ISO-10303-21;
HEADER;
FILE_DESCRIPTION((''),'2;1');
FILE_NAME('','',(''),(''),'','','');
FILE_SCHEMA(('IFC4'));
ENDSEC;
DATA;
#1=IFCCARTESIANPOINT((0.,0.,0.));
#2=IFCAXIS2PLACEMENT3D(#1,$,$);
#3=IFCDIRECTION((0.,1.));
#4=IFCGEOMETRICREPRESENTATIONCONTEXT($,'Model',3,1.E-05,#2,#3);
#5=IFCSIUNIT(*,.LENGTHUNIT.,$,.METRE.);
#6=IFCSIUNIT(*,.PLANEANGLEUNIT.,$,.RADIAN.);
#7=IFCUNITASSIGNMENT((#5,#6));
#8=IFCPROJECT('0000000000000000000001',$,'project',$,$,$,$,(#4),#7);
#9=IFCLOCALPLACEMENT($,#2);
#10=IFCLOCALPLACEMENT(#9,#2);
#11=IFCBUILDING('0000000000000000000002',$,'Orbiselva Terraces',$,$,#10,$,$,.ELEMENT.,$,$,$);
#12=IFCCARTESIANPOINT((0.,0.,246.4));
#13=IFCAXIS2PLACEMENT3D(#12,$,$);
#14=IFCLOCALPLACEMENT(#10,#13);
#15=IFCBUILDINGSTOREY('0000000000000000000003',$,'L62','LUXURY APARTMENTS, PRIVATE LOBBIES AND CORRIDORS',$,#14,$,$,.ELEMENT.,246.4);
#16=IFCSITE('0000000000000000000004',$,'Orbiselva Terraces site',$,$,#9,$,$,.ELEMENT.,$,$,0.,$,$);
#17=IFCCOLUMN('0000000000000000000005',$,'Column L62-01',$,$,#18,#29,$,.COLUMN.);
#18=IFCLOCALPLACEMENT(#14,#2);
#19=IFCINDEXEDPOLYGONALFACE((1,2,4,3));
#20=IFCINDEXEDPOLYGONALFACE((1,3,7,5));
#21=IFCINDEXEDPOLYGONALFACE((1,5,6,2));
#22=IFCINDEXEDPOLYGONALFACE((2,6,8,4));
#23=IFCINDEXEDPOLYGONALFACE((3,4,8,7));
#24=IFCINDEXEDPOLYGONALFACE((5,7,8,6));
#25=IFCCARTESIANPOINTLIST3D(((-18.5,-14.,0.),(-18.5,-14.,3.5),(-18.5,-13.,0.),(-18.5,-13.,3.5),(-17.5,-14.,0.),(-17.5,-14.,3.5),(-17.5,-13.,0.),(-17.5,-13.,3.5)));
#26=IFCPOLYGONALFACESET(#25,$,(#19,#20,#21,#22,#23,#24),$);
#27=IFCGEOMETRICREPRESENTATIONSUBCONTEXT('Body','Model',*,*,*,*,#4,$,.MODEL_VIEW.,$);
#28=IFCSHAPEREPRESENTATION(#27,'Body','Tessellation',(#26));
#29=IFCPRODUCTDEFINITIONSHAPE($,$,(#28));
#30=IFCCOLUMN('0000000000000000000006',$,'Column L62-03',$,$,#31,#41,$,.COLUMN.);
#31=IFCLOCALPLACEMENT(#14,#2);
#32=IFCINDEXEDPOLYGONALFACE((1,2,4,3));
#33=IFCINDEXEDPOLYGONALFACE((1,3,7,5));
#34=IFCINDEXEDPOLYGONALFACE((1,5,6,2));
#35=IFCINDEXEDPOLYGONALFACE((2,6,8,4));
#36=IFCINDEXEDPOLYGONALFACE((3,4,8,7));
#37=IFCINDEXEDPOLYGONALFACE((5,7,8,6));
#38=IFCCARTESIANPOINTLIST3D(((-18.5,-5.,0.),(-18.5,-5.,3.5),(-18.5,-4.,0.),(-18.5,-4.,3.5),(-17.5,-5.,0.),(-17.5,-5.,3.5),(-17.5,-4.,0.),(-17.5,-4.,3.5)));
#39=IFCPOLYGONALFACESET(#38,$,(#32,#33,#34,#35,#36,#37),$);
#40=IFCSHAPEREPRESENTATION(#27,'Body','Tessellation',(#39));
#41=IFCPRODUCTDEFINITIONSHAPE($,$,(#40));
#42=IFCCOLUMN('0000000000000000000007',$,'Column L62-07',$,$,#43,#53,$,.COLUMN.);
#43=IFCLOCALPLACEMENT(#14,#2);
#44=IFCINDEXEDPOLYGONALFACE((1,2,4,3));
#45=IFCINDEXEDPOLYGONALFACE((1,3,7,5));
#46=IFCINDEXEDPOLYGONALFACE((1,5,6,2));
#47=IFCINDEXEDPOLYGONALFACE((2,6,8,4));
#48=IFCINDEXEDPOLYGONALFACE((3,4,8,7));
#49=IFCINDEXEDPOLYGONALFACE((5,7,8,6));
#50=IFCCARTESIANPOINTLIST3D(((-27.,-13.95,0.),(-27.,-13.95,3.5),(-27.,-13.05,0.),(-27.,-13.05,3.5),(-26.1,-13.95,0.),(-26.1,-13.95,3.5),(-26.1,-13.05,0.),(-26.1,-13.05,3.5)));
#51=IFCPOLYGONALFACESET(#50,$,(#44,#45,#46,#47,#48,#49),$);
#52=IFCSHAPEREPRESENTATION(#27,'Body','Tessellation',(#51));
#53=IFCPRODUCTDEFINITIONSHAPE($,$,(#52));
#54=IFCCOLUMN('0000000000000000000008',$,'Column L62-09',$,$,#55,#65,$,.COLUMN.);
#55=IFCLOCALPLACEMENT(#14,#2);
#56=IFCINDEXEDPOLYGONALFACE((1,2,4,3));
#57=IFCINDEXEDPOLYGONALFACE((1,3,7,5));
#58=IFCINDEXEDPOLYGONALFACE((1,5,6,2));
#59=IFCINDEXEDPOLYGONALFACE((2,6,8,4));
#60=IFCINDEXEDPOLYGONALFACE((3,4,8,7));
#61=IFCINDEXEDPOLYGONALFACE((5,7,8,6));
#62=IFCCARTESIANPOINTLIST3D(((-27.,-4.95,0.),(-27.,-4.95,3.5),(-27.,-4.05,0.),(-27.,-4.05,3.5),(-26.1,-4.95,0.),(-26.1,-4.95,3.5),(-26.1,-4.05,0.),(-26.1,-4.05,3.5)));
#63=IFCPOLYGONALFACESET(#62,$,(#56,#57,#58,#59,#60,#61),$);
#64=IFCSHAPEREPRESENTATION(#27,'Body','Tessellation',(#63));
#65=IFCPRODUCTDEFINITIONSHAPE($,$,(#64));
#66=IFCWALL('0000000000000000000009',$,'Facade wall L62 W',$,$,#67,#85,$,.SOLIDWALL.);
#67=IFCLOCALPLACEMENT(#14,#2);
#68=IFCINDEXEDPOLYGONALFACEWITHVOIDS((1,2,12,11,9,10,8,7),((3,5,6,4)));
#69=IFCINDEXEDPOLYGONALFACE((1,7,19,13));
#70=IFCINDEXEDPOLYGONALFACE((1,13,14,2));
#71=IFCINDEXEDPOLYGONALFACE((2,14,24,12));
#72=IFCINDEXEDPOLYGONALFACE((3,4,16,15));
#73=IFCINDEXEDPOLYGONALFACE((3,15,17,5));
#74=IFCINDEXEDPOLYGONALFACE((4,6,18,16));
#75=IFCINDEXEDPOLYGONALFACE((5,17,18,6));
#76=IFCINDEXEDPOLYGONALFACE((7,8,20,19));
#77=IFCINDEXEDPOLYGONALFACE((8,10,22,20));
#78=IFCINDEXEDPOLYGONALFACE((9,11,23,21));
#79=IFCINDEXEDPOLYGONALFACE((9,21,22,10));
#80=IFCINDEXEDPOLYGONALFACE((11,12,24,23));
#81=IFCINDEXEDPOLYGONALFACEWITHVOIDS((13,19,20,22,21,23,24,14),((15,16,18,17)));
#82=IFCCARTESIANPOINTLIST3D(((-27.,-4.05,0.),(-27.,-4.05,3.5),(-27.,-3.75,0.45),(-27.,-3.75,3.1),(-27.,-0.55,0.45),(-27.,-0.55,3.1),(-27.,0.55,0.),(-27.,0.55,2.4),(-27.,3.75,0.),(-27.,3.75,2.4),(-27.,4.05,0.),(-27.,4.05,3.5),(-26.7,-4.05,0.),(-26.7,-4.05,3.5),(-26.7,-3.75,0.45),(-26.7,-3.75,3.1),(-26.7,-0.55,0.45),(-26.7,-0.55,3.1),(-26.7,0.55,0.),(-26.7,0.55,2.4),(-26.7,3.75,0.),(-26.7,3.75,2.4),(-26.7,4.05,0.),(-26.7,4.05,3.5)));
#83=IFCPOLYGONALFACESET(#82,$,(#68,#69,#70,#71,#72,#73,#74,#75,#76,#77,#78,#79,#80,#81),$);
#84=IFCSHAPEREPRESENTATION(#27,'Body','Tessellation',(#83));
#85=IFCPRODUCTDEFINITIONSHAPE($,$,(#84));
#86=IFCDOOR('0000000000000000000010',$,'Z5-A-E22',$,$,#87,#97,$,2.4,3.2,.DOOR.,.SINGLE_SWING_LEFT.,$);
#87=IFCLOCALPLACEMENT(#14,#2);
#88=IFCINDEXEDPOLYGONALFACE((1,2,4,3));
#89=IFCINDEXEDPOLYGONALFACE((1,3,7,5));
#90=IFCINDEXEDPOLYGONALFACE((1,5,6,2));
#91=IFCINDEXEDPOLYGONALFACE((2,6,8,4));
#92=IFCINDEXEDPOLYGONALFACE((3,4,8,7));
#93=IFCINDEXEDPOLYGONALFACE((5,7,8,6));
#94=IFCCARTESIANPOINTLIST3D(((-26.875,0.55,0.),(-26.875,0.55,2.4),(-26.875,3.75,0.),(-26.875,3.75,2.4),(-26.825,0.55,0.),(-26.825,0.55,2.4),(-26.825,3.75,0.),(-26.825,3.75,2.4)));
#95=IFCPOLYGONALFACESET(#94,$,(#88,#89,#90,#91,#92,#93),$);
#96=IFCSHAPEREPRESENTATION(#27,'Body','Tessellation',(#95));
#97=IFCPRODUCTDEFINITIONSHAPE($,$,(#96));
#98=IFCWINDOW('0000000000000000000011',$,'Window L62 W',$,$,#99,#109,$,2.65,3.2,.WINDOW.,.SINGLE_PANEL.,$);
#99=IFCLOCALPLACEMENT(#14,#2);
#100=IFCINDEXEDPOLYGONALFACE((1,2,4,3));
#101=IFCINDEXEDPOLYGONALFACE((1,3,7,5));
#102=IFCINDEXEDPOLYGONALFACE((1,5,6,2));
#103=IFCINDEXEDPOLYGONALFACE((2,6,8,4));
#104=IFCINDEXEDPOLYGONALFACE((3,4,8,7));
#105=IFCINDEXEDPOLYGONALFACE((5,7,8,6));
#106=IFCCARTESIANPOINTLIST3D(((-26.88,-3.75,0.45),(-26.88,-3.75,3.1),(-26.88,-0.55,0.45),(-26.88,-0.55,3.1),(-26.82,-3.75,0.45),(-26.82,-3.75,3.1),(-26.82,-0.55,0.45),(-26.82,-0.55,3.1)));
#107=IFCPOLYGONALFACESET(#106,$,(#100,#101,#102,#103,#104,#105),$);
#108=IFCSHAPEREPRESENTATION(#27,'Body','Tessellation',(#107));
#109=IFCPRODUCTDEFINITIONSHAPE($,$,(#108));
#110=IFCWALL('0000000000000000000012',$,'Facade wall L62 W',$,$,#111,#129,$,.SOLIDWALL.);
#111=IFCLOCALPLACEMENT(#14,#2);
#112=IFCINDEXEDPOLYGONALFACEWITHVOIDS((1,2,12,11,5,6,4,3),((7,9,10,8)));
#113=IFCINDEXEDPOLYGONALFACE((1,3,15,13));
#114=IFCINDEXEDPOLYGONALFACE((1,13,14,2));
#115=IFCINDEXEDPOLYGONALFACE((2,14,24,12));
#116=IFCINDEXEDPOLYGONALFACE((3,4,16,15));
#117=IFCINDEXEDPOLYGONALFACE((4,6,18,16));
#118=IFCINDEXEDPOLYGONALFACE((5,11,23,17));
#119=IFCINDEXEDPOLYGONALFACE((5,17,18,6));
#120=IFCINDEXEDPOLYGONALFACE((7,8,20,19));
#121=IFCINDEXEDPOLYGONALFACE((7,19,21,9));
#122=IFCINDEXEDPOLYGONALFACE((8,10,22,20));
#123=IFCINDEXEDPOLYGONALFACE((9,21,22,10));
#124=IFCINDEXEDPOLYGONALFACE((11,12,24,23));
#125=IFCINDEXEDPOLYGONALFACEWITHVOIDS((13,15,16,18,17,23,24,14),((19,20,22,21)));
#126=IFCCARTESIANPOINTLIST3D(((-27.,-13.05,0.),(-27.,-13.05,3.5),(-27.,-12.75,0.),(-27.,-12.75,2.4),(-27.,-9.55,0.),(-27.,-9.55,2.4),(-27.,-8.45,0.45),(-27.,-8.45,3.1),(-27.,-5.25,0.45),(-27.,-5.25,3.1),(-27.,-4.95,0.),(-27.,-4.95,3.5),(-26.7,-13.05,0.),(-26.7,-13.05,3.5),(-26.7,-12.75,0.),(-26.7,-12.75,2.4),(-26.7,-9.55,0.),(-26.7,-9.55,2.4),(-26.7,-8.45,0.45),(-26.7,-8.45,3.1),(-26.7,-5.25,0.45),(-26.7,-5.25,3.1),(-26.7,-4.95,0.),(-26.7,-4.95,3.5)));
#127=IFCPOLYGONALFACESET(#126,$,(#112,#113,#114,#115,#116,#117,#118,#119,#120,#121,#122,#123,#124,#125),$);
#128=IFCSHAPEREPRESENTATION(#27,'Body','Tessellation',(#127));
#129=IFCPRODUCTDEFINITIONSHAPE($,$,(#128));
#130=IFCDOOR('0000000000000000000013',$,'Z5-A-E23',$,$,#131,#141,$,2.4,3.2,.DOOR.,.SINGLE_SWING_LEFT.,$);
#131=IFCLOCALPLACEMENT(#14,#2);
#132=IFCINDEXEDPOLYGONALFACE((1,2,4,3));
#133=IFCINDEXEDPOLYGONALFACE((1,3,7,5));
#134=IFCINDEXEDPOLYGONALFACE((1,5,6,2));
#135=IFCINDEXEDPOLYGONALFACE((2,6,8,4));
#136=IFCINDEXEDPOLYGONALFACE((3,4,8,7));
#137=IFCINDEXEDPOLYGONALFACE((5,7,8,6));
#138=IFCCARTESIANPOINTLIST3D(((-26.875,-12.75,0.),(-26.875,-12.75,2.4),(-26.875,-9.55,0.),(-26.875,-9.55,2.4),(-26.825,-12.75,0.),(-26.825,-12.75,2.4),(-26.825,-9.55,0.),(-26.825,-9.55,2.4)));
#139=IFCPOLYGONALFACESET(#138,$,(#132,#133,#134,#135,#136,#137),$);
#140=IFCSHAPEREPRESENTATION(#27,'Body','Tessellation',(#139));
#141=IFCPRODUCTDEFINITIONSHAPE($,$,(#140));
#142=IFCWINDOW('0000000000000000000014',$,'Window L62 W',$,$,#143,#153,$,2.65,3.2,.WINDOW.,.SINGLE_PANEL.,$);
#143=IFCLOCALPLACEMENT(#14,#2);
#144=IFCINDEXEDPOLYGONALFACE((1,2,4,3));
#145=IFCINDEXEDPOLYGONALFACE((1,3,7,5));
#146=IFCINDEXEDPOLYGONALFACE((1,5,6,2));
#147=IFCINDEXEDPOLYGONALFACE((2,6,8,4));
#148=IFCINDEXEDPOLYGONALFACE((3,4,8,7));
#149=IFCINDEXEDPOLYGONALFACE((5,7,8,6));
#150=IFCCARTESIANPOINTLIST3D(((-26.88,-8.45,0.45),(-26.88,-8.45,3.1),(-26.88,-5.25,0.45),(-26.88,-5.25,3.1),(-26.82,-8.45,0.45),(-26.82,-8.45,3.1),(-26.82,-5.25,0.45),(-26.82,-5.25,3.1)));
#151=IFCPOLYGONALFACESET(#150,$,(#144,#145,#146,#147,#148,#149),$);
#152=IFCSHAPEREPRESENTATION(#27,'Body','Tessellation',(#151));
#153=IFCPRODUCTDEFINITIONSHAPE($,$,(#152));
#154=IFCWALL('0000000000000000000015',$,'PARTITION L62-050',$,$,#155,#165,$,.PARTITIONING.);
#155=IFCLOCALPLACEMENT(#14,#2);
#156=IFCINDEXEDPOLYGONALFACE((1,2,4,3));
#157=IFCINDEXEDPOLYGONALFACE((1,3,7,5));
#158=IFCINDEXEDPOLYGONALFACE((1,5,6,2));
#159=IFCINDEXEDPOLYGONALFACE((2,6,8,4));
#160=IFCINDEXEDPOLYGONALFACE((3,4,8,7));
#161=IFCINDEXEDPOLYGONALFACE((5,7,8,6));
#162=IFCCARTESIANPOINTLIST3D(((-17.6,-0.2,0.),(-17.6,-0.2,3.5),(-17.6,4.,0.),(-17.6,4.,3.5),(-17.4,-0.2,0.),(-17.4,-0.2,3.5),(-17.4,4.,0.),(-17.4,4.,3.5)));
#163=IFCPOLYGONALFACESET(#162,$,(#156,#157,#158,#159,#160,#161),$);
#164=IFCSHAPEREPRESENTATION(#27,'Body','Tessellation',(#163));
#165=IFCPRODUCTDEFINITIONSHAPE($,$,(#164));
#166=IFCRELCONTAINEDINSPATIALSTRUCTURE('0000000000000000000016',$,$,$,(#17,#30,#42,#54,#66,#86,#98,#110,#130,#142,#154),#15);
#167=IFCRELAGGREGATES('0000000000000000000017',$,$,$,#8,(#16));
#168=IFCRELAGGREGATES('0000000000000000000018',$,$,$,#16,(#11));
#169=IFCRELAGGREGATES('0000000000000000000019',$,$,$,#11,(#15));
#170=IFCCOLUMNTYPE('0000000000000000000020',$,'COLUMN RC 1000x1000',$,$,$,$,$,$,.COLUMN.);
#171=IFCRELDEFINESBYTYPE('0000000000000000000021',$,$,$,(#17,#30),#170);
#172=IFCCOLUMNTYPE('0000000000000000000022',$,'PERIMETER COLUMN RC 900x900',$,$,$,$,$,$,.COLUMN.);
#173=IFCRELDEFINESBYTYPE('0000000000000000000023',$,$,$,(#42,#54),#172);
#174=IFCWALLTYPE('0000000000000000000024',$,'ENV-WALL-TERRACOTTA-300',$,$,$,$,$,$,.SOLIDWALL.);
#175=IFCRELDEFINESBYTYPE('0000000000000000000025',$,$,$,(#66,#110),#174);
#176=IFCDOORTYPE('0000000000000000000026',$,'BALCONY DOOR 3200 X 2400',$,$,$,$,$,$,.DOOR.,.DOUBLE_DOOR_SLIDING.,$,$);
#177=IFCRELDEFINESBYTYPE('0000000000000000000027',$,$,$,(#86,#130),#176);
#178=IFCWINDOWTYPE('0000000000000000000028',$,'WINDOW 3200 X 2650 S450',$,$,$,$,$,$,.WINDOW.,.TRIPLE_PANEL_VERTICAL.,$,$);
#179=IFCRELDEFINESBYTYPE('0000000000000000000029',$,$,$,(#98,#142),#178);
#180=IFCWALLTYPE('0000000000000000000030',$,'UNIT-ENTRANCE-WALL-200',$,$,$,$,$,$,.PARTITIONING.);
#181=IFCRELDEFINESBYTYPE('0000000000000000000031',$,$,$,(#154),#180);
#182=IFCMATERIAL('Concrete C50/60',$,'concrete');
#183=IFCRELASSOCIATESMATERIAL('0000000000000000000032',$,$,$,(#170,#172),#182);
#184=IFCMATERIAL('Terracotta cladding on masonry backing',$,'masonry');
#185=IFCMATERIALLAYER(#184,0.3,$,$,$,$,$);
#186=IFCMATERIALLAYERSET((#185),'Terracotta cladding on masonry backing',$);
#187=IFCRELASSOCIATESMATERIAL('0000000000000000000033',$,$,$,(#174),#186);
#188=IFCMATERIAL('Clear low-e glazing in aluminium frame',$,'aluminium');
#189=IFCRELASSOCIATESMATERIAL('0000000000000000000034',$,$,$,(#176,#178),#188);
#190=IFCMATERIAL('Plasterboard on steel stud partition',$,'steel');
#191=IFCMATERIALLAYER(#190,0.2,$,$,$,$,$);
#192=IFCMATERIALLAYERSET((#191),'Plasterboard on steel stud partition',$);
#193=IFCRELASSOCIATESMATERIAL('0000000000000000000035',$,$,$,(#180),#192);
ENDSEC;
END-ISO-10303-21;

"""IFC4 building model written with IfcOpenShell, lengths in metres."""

from ifc_helpers import new_model, si_unit, direction, frame, frame_2d, origin, origin_2d, place, context, subcontext, project, spatial, rectangle, extrude, material, layer, layer_set, material_profile, profile_set, type_object, element, fill, save


model = new_model("IFC4")

# Units and contexts
model_context = context("Model", 3, precision=1e-05, world=origin(), true_north=direction((0.0, 1.0)))
body_context = subcontext(model_context, "Body", "Model", "MODEL_VIEW")
ifc_project = project(units=[si_unit("LENGTHUNIT", "METRE"), si_unit("PLANEANGLEUNIT", "RADIAN")], contexts=[model_context])

# Site, building, storey
site_placement = place(None, origin())
site = spatial("IfcSite", under=ifc_project, at=site_placement, Name="Orbiselva Terraces site", CompositionType="ELEMENT", RefElevation=0.0)
building_placement = place(site_placement, origin())
building = spatial("IfcBuilding", under=site, at=building_placement, Name="Orbiselva Terraces", CompositionType="ELEMENT")
storey_placement = place(building_placement, frame((0.0, 0.0, 246.4)))
storey = spatial("IfcBuildingStorey", under=building, at=storey_placement, Name="L62", Description="LUXURY APARTMENTS, PRIVATE LOBBIES AND CORRIDORS", CompositionType="ELEMENT", Elevation=246.4)

# Columns
ifc_material_1 = material(Name="Concrete C50/60", Category="concrete")
ifc_material_profile_1 = material_profile(ifc_material_1, rectangle(XDim=1.0, YDim=1.0, at=origin_2d()), Name="RC 1000x1000")
ifc_profile_set_1 = profile_set([ifc_material_profile_1], Name="Concrete C50/60")
column_type_1 = type_object("IfcColumnType", Name="COLUMN RC 1000x1000", PredefinedType="COLUMN", material=ifc_profile_set_1)
for number, where, z_axis, x_axis, name in (
    (1, (-18.0, -13.5, 0.0), (0.0, 0.0, 1.0), (1.0, 0.0, 0.0), "Column L62-01"),
    (2, (-18.0, -4.5, 0.0), (0.0, 0.0, 1.0), (1.0, 0.0, 0.0), "Column L62-03"),
):
    element("IfcColumn", number, at=place(storey_placement, frame(where, z_axis=z_axis, x_axis=x_axis)), inside=storey, type_object=column_type_1, Name=name, PredefinedType="COLUMN", context=body_context, shape_type="SweptSolid", body=[
        extrude(rectangle(XDim=1.0, YDim=1.0, at=origin_2d()), origin(), (0.0, 0.0, 1.0), 3.5),
    ])
ifc_material_profile_2 = material_profile(ifc_material_1, rectangle(XDim=0.9, YDim=0.9, at=origin_2d()), Name="RC 900x900")
ifc_profile_set_2 = profile_set([ifc_material_profile_2], Name="Concrete C50/60")
column_type_2 = type_object("IfcColumnType", Name="PERIMETER COLUMN RC 900x900", PredefinedType="COLUMN", material=ifc_profile_set_2)
for number, where, z_axis, x_axis, name in (
    (3, (-26.55, -13.5, 0.0), (0.0, 0.0, 1.0), (1.0, 0.0, 0.0), "Column L62-07"),
    (4, (-26.55, -4.5, 0.0), (0.0, 0.0, 1.0), (1.0, 0.0, 0.0), "Column L62-09"),
):
    element("IfcColumn", number, at=place(storey_placement, frame(where, z_axis=z_axis, x_axis=x_axis)), inside=storey, type_object=column_type_2, Name=name, PredefinedType="COLUMN", context=body_context, shape_type="SweptSolid", body=[
        extrude(rectangle(XDim=0.9, YDim=0.9, at=origin_2d()), origin(), (0.0, 0.0, 1.0), 3.5),
    ])

# Walls, openings, doors, windows
ifc_material_2 = material(Name="Terracotta cladding on masonry backing", Category="masonry")
ifc_layer_1 = layer(ifc_material_2, 0.3)
ifc_layer_set_1 = layer_set([ifc_layer_1], Name="Terracotta cladding on masonry backing")
wall_type_1 = type_object("IfcWallType", Name="ENV-WALL-TERRACOTTA-300", PredefinedType="SOLIDWALL", material=ifc_layer_set_1)
wall_1_placement = place(storey_placement, frame((-26.85, -4.05, 0.0), z_axis=(0.0, 0.0, 1.0), x_axis=(0.0, 1.0, 0.0)))
wall_1 = element("IfcWall", 5, at=wall_1_placement, inside=storey, type_object=wall_type_1, Name="Facade wall L62 W", PredefinedType="SOLIDWALL", context=body_context, shape_type="SweptSolid", body=[
    extrude(rectangle(XDim=8.1, YDim=0.3, at=frame_2d((4.05, 0.0))), origin(), (0.0, 0.0, 1.0), 3.5),
])
opening_1_placement = place(wall_1_placement, frame((4.6, 0.0, 0.0)))
opening_1 = element("IfcOpeningElement", 6, at=opening_1_placement, cuts=wall_1, PredefinedType="OPENING", context=body_context, shape_type="SweptSolid", body=[
    extrude(rectangle(XDim=3.2, YDim=2.4, at=frame_2d((1.6, 1.2))), frame((0.0, 0.16, 0.0), z_axis=(0.0, -1.0, 0.0), x_axis=(1.0, 0.0, 0.0)), (0.0, 0.0, 1.0), 0.32),
])
opening_2_placement = place(wall_1_placement, frame((0.3, 0.0, 0.45)))
opening_2 = element("IfcOpeningElement", 7, at=opening_2_placement, cuts=wall_1, PredefinedType="OPENING", context=body_context, shape_type="SweptSolid", body=[
    extrude(rectangle(XDim=3.2, YDim=2.65, at=frame_2d((1.6, 1.325))), frame((0.0, 0.16, 0.0), z_axis=(0.0, -1.0, 0.0), x_axis=(1.0, 0.0, 0.0)), (0.0, 0.0, 1.0), 0.32),
])
ifc_material_3 = material(Name="Clear low-e glazing in aluminium frame", Category="aluminium")
door_type_1 = type_object("IfcDoorType", Name="BALCONY DOOR 3200 X 2400", OperationType="DOUBLE_DOOR_SLIDING", PredefinedType="DOOR", material=ifc_material_3)
door_1_placement = place(opening_1_placement, origin())
door_1 = element("IfcDoor", 8, at=door_1_placement, inside=storey, type_object=door_type_1, Name="Z5-A-E22", OperationType="SINGLE_SWING_LEFT", OverallHeight=2.4, OverallWidth=3.2, PredefinedType="DOOR", context=body_context, shape_type="SweptSolid", body=[
    extrude(rectangle(XDim=3.2, YDim=2.4, at=frame_2d((1.6, 1.2))), frame((0.0, 0.025, 0.0), z_axis=(0.0, -1.0, 0.0), x_axis=(1.0, 0.0, 0.0)), (0.0, 0.0, 1.0), 0.05),
])
fill(opening_1, door_1)
window_type = type_object("IfcWindowType", Name="WINDOW 3200 X 2650 S450", PartitioningType="TRIPLE_PANEL_VERTICAL", PredefinedType="WINDOW", material=ifc_material_3)
window_1_placement = place(opening_2_placement, origin())
window_1 = element("IfcWindow", 9, at=window_1_placement, inside=storey, type_object=window_type, Name="Window L62 W", OverallHeight=2.65, OverallWidth=3.2, PartitioningType="SINGLE_PANEL", PredefinedType="WINDOW", context=body_context, shape_type="SweptSolid", body=[
    extrude(rectangle(XDim=3.2, YDim=2.65, at=frame_2d((1.6, 1.325))), frame((0.0, 0.03, 0.0), z_axis=(0.0, -1.0, 0.0), x_axis=(1.0, 0.0, 0.0)), (0.0, 0.0, 1.0), 0.06),
])
fill(opening_2, window_1)
wall_2_placement = place(storey_placement, frame((-26.85, -13.05, 0.0), z_axis=(0.0, 0.0, 1.0), x_axis=(0.0, 1.0, 0.0)))
wall_2 = element("IfcWall", 10, at=wall_2_placement, inside=storey, type_object=wall_type_1, Name="Facade wall L62 W", PredefinedType="SOLIDWALL", context=body_context, shape_type="SweptSolid", body=[
    extrude(rectangle(XDim=8.1, YDim=0.3, at=frame_2d((4.05, 0.0))), origin(), (0.0, 0.0, 1.0), 3.5),
])
opening_3_placement = place(wall_2_placement, frame((4.6, 0.0, 0.45)))
opening_3 = element("IfcOpeningElement", 11, at=opening_3_placement, cuts=wall_2, PredefinedType="OPENING", context=body_context, shape_type="SweptSolid", body=[
    extrude(rectangle(XDim=3.2, YDim=2.65, at=frame_2d((1.6, 1.325))), frame((0.0, 0.16, 0.0), z_axis=(0.0, -1.0, 0.0), x_axis=(1.0, 0.0, 0.0)), (0.0, 0.0, 1.0), 0.32),
])
opening_4_placement = place(wall_2_placement, frame((0.3, 0.0, 0.0)))
opening_4 = element("IfcOpeningElement", 12, at=opening_4_placement, cuts=wall_2, PredefinedType="OPENING", context=body_context, shape_type="SweptSolid", body=[
    extrude(rectangle(XDim=3.2, YDim=2.4, at=frame_2d((1.6, 1.2))), frame((0.0, 0.16, 0.0), z_axis=(0.0, -1.0, 0.0), x_axis=(1.0, 0.0, 0.0)), (0.0, 0.0, 1.0), 0.32),
])
door_2_placement = place(opening_4_placement, origin())
door_2 = element("IfcDoor", 13, at=door_2_placement, inside=storey, type_object=door_type_1, Name="Z5-A-E23", OperationType="SINGLE_SWING_LEFT", OverallHeight=2.4, OverallWidth=3.2, PredefinedType="DOOR", context=body_context, shape_type="SweptSolid", body=[
    extrude(rectangle(XDim=3.2, YDim=2.4, at=frame_2d((1.6, 1.2))), frame((0.0, 0.025, 0.0), z_axis=(0.0, -1.0, 0.0), x_axis=(1.0, 0.0, 0.0)), (0.0, 0.0, 1.0), 0.05),
])
fill(opening_4, door_2)
window_2_placement = place(opening_3_placement, origin())
window_2 = element("IfcWindow", 14, at=window_2_placement, inside=storey, type_object=window_type, Name="Window L62 W", OverallHeight=2.65, OverallWidth=3.2, PartitioningType="SINGLE_PANEL", PredefinedType="WINDOW", context=body_context, shape_type="SweptSolid", body=[
    extrude(rectangle(XDim=3.2, YDim=2.65, at=frame_2d((1.6, 1.325))), frame((0.0, 0.03, 0.0), z_axis=(0.0, -1.0, 0.0), x_axis=(1.0, 0.0, 0.0)), (0.0, 0.0, 1.0), 0.06),
])
fill(opening_3, window_2)

# Wall
ifc_material_4 = material(Name="Plasterboard on steel stud partition", Category="steel")
ifc_layer_2 = layer(ifc_material_4, 0.2)
ifc_layer_set_2 = layer_set([ifc_layer_2], Name="Plasterboard on steel stud partition")
wall_type_2 = type_object("IfcWallType", Name="UNIT-ENTRANCE-WALL-200", PredefinedType="PARTITIONING", material=ifc_layer_set_2)
wall_3_placement = place(storey_placement, frame((-17.5, -0.2, 0.0), z_axis=(0.0, 0.0, 1.0), x_axis=(0.0, 1.0, 0.0)))
element("IfcWall", 15, at=wall_3_placement, inside=storey, type_object=wall_type_2, Name="PARTITION L62-050", PredefinedType="PARTITIONING", context=body_context, shape_type="SweptSolid", body=[
    extrude(rectangle(XDim=4.2, YDim=0.2, at=frame_2d((2.1, 0.0))), origin(), (0.0, 0.0, 1.0), 3.5),
])

save(model, "model.ifc")
